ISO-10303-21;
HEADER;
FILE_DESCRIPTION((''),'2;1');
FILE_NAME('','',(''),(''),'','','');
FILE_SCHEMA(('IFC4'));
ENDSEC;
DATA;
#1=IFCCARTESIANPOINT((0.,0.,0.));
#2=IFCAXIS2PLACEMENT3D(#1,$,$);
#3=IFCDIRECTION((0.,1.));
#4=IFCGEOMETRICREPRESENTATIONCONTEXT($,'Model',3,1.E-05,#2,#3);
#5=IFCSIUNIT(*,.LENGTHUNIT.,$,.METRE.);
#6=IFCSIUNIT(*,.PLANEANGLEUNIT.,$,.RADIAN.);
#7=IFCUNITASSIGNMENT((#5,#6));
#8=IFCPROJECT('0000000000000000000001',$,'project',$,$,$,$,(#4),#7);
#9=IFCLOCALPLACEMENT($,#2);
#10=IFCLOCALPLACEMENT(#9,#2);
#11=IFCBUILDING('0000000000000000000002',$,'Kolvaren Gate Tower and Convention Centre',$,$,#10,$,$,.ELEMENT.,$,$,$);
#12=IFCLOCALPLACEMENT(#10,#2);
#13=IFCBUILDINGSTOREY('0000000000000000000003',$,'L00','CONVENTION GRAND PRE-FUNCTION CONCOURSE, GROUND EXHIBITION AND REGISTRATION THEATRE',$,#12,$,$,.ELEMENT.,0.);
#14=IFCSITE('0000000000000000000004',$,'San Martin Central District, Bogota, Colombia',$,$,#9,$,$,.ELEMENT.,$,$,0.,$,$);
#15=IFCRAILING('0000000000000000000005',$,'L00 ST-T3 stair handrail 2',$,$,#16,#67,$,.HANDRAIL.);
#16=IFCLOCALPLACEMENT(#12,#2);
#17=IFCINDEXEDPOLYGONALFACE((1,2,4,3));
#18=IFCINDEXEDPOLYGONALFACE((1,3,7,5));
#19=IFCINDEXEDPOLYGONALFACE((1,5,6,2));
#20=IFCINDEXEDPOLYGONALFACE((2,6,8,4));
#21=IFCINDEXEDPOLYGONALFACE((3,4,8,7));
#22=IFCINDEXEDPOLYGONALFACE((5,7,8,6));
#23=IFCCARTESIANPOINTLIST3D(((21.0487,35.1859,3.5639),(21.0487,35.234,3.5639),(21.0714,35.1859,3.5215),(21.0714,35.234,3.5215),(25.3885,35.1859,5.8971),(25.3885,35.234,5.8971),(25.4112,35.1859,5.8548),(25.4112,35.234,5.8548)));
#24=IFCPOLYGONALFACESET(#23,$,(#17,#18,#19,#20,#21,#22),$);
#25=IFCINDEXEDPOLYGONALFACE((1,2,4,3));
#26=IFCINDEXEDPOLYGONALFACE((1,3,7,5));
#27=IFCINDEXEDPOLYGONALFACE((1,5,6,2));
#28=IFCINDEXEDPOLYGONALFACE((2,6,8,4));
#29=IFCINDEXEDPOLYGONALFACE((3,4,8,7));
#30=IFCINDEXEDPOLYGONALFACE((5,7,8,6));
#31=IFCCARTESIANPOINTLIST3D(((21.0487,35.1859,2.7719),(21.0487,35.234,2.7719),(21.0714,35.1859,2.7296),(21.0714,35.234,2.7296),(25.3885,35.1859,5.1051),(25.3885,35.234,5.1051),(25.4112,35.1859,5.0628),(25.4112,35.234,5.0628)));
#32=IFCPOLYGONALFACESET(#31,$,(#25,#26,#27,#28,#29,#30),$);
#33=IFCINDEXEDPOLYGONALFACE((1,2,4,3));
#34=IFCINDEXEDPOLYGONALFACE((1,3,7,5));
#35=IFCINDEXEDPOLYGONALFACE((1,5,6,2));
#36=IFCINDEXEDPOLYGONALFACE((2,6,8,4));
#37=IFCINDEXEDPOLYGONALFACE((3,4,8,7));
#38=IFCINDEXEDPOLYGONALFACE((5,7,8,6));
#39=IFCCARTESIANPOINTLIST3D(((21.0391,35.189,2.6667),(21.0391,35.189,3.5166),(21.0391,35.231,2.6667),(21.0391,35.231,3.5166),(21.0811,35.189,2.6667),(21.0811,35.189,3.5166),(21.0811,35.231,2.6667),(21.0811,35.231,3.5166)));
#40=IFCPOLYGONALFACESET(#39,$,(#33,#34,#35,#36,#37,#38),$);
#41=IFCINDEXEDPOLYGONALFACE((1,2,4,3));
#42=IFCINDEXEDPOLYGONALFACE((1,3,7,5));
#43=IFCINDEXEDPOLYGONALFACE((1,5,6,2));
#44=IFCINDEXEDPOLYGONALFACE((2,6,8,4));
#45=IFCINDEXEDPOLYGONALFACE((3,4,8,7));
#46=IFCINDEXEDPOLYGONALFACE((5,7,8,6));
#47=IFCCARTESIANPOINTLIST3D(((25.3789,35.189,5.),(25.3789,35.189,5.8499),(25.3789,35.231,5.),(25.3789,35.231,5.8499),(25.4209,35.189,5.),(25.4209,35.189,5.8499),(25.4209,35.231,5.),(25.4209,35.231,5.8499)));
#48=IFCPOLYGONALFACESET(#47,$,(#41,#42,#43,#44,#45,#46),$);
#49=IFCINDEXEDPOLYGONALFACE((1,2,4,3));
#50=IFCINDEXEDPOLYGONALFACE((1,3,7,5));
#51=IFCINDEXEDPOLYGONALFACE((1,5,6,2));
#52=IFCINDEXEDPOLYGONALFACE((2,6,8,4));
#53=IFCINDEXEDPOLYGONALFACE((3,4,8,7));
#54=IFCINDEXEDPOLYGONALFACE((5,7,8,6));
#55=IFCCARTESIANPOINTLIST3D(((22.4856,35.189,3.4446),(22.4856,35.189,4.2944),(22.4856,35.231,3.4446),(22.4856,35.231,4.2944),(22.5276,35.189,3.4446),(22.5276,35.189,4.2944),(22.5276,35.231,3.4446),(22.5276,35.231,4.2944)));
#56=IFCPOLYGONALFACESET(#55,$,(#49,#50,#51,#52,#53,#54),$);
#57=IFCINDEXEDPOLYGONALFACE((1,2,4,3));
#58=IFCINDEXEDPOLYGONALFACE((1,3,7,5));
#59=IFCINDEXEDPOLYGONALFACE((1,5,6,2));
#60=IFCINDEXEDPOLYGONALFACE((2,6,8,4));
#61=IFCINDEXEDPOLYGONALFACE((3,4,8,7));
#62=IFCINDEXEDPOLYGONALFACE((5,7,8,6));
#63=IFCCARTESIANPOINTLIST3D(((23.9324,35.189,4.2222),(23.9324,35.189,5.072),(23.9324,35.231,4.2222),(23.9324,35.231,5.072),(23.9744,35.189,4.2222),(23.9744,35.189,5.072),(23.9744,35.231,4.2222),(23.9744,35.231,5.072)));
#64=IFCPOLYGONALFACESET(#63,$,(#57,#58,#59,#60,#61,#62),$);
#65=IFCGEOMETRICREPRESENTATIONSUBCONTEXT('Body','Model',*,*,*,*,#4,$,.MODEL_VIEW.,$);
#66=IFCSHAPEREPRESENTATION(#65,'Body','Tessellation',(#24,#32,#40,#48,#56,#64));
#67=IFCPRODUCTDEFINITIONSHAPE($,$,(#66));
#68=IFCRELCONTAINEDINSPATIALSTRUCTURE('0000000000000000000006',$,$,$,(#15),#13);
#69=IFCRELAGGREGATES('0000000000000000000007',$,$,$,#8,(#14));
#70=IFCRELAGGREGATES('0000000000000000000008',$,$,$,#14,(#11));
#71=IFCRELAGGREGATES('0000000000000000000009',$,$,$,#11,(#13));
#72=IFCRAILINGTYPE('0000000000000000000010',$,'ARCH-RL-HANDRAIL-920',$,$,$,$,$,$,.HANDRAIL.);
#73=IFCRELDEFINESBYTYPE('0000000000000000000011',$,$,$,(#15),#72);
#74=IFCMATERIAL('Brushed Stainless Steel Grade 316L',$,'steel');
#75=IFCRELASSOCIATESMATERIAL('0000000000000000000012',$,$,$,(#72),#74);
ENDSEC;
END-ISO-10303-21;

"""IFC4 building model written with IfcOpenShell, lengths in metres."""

from ifc_helpers import new_model, si_unit, direction, frame, origin, origin_2d, place, context, subcontext, project, spatial, rectangle, extrude, material, type_object, element, save


model = new_model("IFC4")

# Units and contexts
model_context = context("Model", 3, precision=1e-05, world=origin(), true_north=direction((0.0, 1.0)))
body_context = subcontext(model_context, "Body", "Model", "MODEL_VIEW")
ifc_project = project(units=[si_unit("LENGTHUNIT", "METRE"), si_unit("PLANEANGLEUNIT", "RADIAN")], contexts=[model_context])

# Site, building, storey
site_placement = place(None, origin())
site = spatial("IfcSite", under=ifc_project, at=site_placement, Name="San Martin Central District, Bogota, Colombia", CompositionType="ELEMENT", RefElevation=0.0)
building_placement = place(site_placement, origin())
building = spatial("IfcBuilding", under=site, at=building_placement, Name="Kolvaren Gate Tower and Convention Centre", CompositionType="ELEMENT")
storey_placement = place(building_placement, origin())
storey = spatial("IfcBuildingStorey", under=building, at=storey_placement, Name="L00", Description="CONVENTION GRAND PRE-FUNCTION CONCOURSE, GROUND EXHIBITION AND REGISTRATION THEATRE", CompositionType="ELEMENT", Elevation=0.0)

# Shared definitions
ifc_material_1 = material(Name="Brushed Stainless Steel Grade 316L", Category="steel")

# Railing
railing_type_1 = type_object("IfcRailingType", Name="ARCH-RL-HANDRAIL-920", PredefinedType="HANDRAIL", material=ifc_material_1)
railing_1_placement = place(storey_placement, frame((21.0601, 35.21, 2.6667)))
element("IfcRailing", 1, at=railing_1_placement, inside=storey, type_object=railing_type_1, Name="L00 ST-T3 stair handrail 2", PredefinedType="HANDRAIL", context=body_context, shape_type="SweptSolid", body=[
    extrude(rectangle(XDim=0.0481, YDim=0.0481, at=origin_2d()), frame((0.0, 0.0, 0.876), z_axis=(0.880775, 0.0, 0.473535), x_axis=(0.0, 1.0, 0.0)), (0.0, 0.0, 1.0), 4.9272),
    extrude(rectangle(XDim=0.0481, YDim=0.0481, at=origin_2d()), frame((0.0, 0.0, 0.084), z_axis=(0.880775, 0.0, 0.473535), x_axis=(0.0, 1.0, 0.0)), (0.0, 0.0, 1.0), 4.9272),
    extrude(rectangle(XDim=0.042, YDim=0.042, at=origin_2d()), origin(), (0.0, 0.0, 1.0), 0.8499),
    extrude(rectangle(XDim=0.042, YDim=0.042, at=origin_2d()), frame((4.3398, 0.0, 2.3333)), (0.0, 0.0, 1.0), 0.8499),
    extrude(rectangle(XDim=0.042, YDim=0.042, at=origin_2d()), frame((1.4465, 0.0, 0.7778)), (0.0, 0.0, 1.0), 0.8499),
    extrude(rectangle(XDim=0.042, YDim=0.042, at=origin_2d()), frame((2.8933, 0.0, 1.5554)), (0.0, 0.0, 1.0), 0.8499),
])

save(model, "model.ifc")
